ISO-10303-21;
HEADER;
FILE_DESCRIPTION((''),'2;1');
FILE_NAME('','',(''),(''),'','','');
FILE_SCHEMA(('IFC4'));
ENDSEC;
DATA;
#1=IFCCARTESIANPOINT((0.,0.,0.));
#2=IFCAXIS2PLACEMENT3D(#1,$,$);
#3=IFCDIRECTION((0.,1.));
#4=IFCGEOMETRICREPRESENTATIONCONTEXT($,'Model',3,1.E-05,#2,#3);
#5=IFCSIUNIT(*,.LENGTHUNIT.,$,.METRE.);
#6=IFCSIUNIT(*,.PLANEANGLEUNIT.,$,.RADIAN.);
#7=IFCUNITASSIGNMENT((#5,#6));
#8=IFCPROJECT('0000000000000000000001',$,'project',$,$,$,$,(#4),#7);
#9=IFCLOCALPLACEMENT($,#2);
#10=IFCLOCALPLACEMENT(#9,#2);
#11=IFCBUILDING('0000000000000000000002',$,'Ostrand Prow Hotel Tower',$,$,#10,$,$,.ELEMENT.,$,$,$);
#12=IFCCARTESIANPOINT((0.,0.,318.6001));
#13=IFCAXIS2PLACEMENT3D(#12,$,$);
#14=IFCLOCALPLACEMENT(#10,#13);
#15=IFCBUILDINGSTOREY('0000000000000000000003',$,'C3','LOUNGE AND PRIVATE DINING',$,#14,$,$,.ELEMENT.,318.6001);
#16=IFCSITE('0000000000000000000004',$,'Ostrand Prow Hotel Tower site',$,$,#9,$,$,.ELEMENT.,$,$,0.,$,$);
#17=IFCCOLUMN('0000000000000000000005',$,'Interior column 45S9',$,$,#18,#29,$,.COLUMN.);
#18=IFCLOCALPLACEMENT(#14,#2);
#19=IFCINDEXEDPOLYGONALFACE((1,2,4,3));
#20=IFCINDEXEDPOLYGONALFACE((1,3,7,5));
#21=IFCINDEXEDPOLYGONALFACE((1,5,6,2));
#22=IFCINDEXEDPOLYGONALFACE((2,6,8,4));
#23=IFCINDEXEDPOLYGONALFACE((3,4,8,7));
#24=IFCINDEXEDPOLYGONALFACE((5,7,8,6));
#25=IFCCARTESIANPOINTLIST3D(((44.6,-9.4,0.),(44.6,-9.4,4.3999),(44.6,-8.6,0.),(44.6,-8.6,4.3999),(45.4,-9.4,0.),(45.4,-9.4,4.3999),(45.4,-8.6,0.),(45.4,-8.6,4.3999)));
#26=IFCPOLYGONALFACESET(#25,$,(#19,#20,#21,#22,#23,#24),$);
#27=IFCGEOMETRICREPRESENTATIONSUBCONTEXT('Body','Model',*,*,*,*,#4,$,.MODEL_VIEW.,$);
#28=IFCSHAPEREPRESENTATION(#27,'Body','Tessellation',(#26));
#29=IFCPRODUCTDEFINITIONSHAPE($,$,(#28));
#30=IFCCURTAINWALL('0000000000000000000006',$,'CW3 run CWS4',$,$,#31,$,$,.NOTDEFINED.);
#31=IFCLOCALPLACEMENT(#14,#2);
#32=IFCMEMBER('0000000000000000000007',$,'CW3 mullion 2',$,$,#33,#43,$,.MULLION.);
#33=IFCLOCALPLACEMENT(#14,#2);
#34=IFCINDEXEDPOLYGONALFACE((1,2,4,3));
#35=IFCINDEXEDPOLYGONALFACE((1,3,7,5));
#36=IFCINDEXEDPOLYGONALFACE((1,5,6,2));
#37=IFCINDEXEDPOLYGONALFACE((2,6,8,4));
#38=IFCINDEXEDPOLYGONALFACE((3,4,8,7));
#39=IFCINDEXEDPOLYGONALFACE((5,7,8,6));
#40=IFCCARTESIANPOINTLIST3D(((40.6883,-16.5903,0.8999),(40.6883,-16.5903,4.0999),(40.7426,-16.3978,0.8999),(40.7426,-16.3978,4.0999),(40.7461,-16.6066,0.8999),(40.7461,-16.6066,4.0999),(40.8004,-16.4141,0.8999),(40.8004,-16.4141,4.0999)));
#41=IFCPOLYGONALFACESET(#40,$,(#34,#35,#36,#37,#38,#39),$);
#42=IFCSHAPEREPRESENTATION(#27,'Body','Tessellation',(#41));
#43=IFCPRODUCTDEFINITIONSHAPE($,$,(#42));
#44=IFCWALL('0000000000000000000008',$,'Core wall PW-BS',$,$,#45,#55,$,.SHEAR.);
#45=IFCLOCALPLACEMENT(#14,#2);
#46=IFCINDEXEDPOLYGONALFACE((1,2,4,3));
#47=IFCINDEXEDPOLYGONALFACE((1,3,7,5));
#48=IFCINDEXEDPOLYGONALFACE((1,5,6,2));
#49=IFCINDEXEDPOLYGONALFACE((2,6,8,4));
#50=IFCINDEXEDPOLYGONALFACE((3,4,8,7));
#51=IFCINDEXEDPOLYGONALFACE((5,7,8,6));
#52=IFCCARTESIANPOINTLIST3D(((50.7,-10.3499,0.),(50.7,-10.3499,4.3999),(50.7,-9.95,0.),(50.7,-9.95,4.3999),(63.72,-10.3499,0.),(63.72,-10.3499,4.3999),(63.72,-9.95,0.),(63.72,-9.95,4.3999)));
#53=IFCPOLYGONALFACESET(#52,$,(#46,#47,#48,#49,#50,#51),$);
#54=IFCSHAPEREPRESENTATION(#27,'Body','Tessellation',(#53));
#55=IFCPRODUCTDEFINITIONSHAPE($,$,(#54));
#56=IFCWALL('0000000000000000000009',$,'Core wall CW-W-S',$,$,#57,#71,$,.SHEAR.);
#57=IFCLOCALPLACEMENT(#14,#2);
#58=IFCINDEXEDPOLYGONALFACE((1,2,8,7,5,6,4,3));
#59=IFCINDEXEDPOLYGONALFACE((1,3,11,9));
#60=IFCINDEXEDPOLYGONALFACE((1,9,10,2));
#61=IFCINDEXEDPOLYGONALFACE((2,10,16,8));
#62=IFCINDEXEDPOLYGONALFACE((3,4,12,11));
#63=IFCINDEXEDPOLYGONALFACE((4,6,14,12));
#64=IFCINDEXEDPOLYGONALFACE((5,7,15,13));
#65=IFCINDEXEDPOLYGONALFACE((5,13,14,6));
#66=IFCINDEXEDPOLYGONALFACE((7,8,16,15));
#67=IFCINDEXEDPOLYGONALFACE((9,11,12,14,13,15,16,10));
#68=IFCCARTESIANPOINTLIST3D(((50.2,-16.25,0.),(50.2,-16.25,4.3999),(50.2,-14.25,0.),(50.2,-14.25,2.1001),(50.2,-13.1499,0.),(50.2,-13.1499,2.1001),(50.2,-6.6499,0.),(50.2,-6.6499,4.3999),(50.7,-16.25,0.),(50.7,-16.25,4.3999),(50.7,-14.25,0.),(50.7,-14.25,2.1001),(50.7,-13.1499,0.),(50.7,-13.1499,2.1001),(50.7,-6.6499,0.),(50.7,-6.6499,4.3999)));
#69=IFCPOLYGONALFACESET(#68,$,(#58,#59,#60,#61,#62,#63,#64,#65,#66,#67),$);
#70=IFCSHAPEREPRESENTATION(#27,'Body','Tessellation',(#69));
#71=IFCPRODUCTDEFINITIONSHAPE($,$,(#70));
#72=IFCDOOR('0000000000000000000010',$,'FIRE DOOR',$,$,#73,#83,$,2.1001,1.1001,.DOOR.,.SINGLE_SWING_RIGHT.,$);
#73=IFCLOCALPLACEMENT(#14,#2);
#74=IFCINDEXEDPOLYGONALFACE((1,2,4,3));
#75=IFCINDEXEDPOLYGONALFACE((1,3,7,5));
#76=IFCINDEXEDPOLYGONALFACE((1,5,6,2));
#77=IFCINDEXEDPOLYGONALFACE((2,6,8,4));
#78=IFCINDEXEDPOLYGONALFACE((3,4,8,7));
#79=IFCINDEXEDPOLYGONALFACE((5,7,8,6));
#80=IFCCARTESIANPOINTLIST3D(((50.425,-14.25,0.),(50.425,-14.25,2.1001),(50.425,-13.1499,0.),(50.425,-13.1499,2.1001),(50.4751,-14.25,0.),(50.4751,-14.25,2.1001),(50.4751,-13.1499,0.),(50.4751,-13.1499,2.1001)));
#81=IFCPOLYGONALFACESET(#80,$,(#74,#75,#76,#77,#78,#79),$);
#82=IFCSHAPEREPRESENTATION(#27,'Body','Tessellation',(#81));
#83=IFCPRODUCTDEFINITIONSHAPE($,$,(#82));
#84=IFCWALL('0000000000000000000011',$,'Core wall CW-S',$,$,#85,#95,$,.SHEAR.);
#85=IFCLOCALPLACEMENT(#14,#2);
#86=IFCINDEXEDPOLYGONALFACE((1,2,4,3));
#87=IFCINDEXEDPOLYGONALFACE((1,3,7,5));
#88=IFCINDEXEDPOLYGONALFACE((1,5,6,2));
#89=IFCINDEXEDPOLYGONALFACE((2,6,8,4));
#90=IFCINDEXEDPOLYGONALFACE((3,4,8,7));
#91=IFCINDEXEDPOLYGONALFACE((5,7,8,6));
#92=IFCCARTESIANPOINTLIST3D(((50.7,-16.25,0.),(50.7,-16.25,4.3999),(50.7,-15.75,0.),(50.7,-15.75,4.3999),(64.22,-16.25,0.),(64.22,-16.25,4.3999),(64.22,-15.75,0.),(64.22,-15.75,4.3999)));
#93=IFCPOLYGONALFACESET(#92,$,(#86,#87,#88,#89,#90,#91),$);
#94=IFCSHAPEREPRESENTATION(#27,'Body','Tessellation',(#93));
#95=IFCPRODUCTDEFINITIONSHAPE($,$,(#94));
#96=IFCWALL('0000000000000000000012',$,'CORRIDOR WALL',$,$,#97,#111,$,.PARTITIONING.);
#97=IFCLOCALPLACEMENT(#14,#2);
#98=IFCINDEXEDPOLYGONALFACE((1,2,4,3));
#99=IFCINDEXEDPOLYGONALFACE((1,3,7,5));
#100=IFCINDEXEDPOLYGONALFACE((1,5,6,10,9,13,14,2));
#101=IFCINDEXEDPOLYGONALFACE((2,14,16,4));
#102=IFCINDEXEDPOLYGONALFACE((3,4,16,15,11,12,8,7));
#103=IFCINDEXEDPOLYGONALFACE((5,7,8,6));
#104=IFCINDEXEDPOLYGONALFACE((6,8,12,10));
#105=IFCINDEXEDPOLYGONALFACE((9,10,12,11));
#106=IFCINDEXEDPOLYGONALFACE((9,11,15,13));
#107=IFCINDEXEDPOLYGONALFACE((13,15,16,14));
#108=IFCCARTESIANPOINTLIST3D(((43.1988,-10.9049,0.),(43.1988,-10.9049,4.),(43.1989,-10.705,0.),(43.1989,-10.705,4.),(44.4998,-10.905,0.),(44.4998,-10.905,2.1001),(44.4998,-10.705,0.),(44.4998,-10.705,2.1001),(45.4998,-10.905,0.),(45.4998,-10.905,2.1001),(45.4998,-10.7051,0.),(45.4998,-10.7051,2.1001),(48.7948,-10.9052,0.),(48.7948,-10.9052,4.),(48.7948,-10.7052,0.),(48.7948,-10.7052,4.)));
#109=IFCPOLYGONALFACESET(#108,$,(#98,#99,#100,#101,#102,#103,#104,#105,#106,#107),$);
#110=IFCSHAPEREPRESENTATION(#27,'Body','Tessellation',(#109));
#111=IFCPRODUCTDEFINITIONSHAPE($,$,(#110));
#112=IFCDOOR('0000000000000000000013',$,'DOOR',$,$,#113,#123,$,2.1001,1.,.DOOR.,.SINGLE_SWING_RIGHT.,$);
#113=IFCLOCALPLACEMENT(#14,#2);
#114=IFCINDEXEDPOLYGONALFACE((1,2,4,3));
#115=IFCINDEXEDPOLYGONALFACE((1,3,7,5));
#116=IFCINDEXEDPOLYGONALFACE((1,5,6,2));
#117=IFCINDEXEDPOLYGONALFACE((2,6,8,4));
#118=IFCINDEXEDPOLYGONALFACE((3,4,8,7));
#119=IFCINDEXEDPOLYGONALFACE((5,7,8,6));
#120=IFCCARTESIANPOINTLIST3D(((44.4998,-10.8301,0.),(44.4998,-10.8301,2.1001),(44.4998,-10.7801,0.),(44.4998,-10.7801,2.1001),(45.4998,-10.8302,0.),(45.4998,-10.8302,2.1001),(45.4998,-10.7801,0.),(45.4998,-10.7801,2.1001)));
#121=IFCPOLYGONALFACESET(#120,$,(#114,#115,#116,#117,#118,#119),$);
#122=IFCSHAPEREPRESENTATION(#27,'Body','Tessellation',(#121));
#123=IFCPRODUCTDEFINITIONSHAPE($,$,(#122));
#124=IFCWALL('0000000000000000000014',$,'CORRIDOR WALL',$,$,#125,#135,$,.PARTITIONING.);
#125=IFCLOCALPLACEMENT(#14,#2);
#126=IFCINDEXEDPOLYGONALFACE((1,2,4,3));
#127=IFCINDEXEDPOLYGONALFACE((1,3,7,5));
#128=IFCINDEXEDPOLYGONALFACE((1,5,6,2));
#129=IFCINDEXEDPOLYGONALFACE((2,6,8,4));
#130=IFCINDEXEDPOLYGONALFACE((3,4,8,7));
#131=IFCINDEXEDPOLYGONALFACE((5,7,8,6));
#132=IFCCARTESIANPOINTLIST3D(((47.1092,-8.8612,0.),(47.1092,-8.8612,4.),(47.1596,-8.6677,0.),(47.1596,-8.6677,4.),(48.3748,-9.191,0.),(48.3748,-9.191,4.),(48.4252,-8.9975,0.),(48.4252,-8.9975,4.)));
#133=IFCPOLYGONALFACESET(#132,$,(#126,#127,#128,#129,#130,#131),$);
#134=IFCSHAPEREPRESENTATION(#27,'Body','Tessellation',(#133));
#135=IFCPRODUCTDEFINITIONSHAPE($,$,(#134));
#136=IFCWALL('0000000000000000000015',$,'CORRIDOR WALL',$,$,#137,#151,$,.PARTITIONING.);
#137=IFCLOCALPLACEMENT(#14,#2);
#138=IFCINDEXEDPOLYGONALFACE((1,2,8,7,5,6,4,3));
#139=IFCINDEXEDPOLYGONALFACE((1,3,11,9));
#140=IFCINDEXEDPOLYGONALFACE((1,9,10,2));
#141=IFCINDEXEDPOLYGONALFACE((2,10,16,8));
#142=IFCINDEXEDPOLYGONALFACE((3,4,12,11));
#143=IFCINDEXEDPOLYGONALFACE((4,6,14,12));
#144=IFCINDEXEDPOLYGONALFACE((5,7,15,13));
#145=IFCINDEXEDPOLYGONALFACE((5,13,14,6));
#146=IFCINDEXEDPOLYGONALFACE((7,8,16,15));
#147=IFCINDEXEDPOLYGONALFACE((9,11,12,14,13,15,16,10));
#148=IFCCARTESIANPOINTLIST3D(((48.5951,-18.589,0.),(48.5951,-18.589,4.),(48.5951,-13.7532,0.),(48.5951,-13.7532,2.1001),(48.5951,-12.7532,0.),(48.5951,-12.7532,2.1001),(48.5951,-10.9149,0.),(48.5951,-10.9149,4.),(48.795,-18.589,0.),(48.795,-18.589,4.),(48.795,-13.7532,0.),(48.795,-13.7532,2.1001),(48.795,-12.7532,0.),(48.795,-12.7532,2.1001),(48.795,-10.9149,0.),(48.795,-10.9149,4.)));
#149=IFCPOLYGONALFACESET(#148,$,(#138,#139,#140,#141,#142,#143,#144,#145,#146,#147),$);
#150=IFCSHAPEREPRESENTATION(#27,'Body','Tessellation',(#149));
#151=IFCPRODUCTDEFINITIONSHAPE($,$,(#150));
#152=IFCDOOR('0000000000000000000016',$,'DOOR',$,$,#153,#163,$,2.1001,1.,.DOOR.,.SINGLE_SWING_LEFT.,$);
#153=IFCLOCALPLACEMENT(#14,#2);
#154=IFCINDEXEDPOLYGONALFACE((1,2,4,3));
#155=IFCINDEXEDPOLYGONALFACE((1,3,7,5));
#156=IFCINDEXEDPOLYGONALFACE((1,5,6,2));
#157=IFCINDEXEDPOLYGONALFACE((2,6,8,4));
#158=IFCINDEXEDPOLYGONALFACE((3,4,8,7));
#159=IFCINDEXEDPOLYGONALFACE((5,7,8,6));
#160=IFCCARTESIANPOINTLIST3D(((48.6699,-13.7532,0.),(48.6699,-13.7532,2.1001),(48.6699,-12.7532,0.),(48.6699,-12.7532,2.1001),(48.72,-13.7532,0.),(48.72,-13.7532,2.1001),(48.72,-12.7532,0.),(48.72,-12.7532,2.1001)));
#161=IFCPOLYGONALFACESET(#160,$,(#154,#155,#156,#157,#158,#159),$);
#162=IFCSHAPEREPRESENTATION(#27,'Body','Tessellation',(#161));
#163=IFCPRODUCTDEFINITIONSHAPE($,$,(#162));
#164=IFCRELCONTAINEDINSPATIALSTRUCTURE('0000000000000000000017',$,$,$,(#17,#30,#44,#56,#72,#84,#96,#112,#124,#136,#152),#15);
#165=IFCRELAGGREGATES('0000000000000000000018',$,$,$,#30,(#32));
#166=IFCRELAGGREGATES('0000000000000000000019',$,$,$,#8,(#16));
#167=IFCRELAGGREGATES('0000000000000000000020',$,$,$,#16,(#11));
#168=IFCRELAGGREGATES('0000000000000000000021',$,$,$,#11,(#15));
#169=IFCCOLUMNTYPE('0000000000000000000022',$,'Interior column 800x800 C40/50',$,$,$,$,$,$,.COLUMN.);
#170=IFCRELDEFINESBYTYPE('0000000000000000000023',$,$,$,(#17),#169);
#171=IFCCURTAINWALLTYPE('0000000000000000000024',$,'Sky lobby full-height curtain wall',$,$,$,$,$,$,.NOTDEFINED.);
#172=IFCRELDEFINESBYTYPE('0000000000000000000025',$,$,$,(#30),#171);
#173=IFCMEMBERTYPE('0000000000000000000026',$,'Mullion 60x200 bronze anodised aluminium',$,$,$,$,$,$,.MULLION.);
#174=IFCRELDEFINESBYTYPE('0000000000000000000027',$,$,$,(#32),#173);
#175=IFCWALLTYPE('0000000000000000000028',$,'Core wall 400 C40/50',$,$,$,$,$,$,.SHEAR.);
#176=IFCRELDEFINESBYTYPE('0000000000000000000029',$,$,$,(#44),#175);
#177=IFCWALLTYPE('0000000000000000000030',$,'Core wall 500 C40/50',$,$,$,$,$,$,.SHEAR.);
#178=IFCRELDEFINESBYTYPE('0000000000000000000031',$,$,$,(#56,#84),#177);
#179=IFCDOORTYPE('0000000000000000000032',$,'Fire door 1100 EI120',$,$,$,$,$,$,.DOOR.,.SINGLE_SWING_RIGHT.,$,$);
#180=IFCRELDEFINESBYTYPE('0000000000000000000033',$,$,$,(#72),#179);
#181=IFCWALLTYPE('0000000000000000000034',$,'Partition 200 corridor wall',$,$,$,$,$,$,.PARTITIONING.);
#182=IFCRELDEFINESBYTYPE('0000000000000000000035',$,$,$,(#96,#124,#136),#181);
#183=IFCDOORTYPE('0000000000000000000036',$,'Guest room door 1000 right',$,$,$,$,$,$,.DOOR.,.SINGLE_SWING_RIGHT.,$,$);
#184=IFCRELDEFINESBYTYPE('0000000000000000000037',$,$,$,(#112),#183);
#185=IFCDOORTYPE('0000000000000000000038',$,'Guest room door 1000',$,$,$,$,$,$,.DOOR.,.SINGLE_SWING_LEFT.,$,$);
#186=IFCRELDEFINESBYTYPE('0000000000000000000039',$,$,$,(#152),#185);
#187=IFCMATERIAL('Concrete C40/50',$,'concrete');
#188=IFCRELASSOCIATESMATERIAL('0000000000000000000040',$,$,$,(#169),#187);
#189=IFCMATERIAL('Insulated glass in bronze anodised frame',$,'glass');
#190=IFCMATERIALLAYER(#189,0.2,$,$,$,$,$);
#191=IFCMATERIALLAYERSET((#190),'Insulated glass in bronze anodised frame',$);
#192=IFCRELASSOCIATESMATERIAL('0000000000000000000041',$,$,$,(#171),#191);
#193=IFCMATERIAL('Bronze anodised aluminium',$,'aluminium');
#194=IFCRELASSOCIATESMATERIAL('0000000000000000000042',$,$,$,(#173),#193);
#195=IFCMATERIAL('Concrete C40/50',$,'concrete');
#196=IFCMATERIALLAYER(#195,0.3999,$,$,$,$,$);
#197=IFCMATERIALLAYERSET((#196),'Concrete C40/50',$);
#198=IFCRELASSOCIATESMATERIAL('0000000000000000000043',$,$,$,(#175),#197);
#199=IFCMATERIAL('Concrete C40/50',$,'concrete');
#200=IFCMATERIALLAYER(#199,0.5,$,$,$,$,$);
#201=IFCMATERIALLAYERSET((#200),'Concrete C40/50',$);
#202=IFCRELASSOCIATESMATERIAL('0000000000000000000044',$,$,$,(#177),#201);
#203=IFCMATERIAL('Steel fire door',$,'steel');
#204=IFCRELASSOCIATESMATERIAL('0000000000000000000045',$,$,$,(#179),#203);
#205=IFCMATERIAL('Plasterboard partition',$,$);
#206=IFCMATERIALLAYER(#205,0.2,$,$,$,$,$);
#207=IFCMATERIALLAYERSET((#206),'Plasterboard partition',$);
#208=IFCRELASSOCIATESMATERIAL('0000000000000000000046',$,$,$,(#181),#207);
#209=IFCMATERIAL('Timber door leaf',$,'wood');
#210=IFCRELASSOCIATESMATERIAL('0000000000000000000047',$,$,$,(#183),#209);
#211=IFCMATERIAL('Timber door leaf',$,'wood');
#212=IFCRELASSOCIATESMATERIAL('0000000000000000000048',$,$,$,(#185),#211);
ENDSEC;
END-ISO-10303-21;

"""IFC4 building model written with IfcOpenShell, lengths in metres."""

from ifc_helpers import new_model, si_unit, direction, frame, frame_2d, origin, origin_2d, place, context, subcontext, project, spatial, rectangle, extrude, material, layer, layer_set, material_profile, profile_set, type_object, element, fill, aggregate, save


model = new_model("IFC4")

# Units and contexts
model_context = context("Model", 3, precision=1e-05, world=origin(), true_north=direction((0.0, 1.0)))
body_context = subcontext(model_context, "Body", "Model", "MODEL_VIEW")
ifc_project = project(units=[si_unit("LENGTHUNIT", "METRE"), si_unit("PLANEANGLEUNIT", "RADIAN")], contexts=[model_context])

# Site, building, storey
site_placement = place(None, origin())
site = spatial("IfcSite", under=ifc_project, at=site_placement, Name="Ostrand Prow Hotel Tower site", CompositionType="ELEMENT", RefElevation=0.0)
building_placement = place(site_placement, origin())
building = spatial("IfcBuilding", under=site, at=building_placement, Name="Ostrand Prow Hotel Tower", CompositionType="ELEMENT")
storey_placement = place(building_placement, frame((0.0, 0.0, 318.6001)))
storey = spatial("IfcBuildingStorey", under=building, at=storey_placement, Name="C3", Description="LOUNGE AND PRIVATE DINING", CompositionType="ELEMENT", Elevation=318.6001)

# Column
ifc_material_1 = material(Name="Concrete C40/50", Category="concrete")
ifc_material_profile_1 = material_profile(ifc_material_1, rectangle(XDim=0.8, YDim=0.8, at=origin_2d()), Name="RC 800x800")
ifc_profile_set_1 = profile_set([ifc_material_profile_1], Name="Concrete C40/50")
column_type = type_object("IfcColumnType", Name="Interior column 800x800 C40/50", PredefinedType="COLUMN", material=ifc_profile_set_1)
column_placement = place(storey_placement, frame((45.0, -9.0, 0.0), z_axis=(0.0, 0.0, 1.0), x_axis=(1.0, 0.0, 0.0)))
element("IfcColumn", 1, at=column_placement, inside=storey, type_object=column_type, Name="Interior column 45S9", PredefinedType="COLUMN", context=body_context, shape_type="SweptSolid", body=[
    extrude(rectangle(XDim=0.8, YDim=0.8, at=origin_2d()), origin(), (0.0, 0.0, 1.0), 4.3999),
])

# Curtain wall, member
ifc_material_2 = material(Name="Insulated glass in bronze anodised frame", Category="glass")
ifc_layer_1 = layer(ifc_material_2, 0.2)
ifc_layer_set_1 = layer_set([ifc_layer_1], Name="Insulated glass in bronze anodised frame")
curtain_wall_type = type_object("IfcCurtainWallType", Name="Sky lobby full-height curtain wall", PredefinedType="NOTDEFINED", material=ifc_layer_set_1)
curtain_wall_placement = place(storey_placement, origin())
curtain_wall = element("IfcCurtainWall", 2, at=curtain_wall_placement, inside=storey, type_object=curtain_wall_type, Name="CW3 run CWS4", PredefinedType="NOTDEFINED")
ifc_material_3 = material(Name="Bronze anodised aluminium", Category="aluminium")
ifc_material_profile_2 = material_profile(ifc_material_3, rectangle(XDim=0.2, YDim=0.0601, at=origin_2d()), Name="Mullion 60x200 bronze anodised aluminium")
ifc_profile_set_2 = profile_set([ifc_material_profile_2], Name="Bronze anodised aluminium")
member_type = type_object("IfcMemberType", Name="Mullion 60x200 bronze anodised aluminium", PredefinedType="MULLION", material=ifc_profile_set_2)
member_placement = place(storey_placement, frame((40.7444, -16.5022, 0.8999), z_axis=(0.0, 0.0, 1.0), x_axis=(0.271649, 0.962396, 0.0)))
member = element("IfcMember", 3, at=member_placement, type_object=member_type, Name="CW3 mullion 2", PredefinedType="MULLION", context=body_context, shape_type="SweptSolid", body=[
    extrude(rectangle(XDim=0.2, YDim=0.0601, at=origin_2d()), origin(), (0.0, 0.0, 1.0), 3.2),
])
aggregate(curtain_wall, [member])

# Wall
ifc_material_4 = material(Name="Concrete C40/50", Category="concrete")
ifc_layer_2 = layer(ifc_material_4, 0.3999)
ifc_layer_set_2 = layer_set([ifc_layer_2], Name="Concrete C40/50")
wall_type_1 = type_object("IfcWallType", Name="Core wall 400 C40/50", PredefinedType="SHEAR", material=ifc_layer_set_2)
wall_1_placement = place(storey_placement, frame((50.7, -10.1499, 0.0), z_axis=(0.0, 0.0, 1.0), x_axis=(1.0, 0.0, 0.0)))
element("IfcWall", 4, at=wall_1_placement, inside=storey, type_object=wall_type_1, Name="Core wall PW-BS", PredefinedType="SHEAR", context=body_context, shape_type="SweptSolid", body=[
    extrude(rectangle(XDim=13.02, YDim=0.3999, at=frame_2d((6.51, 0.0))), origin(), (0.0, 0.0, 1.0), 4.3999),
])

# Wall, opening, door
ifc_material_5 = material(Name="Concrete C40/50", Category="concrete")
ifc_layer_3 = layer(ifc_material_5, 0.5)
ifc_layer_set_3 = layer_set([ifc_layer_3], Name="Concrete C40/50")
wall_type_2 = type_object("IfcWallType", Name="Core wall 500 C40/50", PredefinedType="SHEAR", material=ifc_layer_set_3)
wall_2_placement = place(storey_placement, frame((50.45, -16.25, 0.0), z_axis=(0.0, 0.0, 1.0), x_axis=(0.0, 1.0, 0.0)))
wall_2 = element("IfcWall", 5, at=wall_2_placement, inside=storey, type_object=wall_type_2, Name="Core wall CW-W-S", PredefinedType="SHEAR", context=body_context, shape_type="SweptSolid", body=[
    extrude(rectangle(XDim=9.6001, YDim=0.5, at=frame_2d((4.8, 0.0))), origin(), (0.0, 0.0, 1.0), 4.3999),
])
opening_1_placement = place(wall_2_placement, frame((2.0, 0.0, 0.0)))
opening_1 = element("IfcOpeningElement", 6, at=opening_1_placement, cuts=wall_2, PredefinedType="OPENING", context=body_context, shape_type="SweptSolid", body=[
    extrude(rectangle(XDim=1.1001, YDim=2.1001, at=frame_2d((0.55, 1.05))), frame((0.0, 0.26, 0.0), z_axis=(0.0, -1.0, 0.0), x_axis=(1.0, 0.0, 0.0)), (0.0, 0.0, 1.0), 0.52),
])
ifc_material_6 = material(Name="Steel fire door", Category="steel")
door_type_1 = type_object("IfcDoorType", Name="Fire door 1100 EI120", OperationType="SINGLE_SWING_RIGHT", PredefinedType="DOOR", material=ifc_material_6)
door_1_placement = place(opening_1_placement, origin())
door_1 = element("IfcDoor", 7, at=door_1_placement, inside=storey, type_object=door_type_1, Name="FIRE DOOR", OperationType="SINGLE_SWING_RIGHT", OverallHeight=2.1001, OverallWidth=1.1001, PredefinedType="DOOR", context=body_context, shape_type="SweptSolid", body=[
    extrude(rectangle(XDim=1.1001, YDim=2.1001, at=frame_2d((0.55, 1.05))), frame((0.0, 0.0249, 0.0), z_axis=(0.0, -1.0, 0.0), x_axis=(1.0, 0.0, 0.0)), (0.0, 0.0, 1.0), 0.05),
])
fill(opening_1, door_1)

# Wall
wall_3_placement = place(storey_placement, frame((50.7, -16.0, 0.0), z_axis=(0.0, 0.0, 1.0), x_axis=(1.0, 0.0, 0.0)))
element("IfcWall", 8, at=wall_3_placement, inside=storey, type_object=wall_type_2, Name="Core wall CW-S", PredefinedType="SHEAR", context=body_context, shape_type="SweptSolid", body=[
    extrude(rectangle(XDim=13.52, YDim=0.5, at=frame_2d((6.76, 0.0))), origin(), (0.0, 0.0, 1.0), 4.3999),
])

# Wall, opening, door
ifc_material_7 = material(Name="Plasterboard partition")
ifc_layer_4 = layer(ifc_material_7, 0.2)
ifc_layer_set_4 = layer_set([ifc_layer_4], Name="Plasterboard partition")
wall_type_3 = type_object("IfcWallType", Name="Partition 200 corridor wall", PredefinedType="PARTITIONING", material=ifc_layer_set_4)
wall_4_placement = place(storey_placement, frame((43.199, -10.8049, 0.0), z_axis=(0.0, 0.0, 1.0), x_axis=(1.0, -0.000044, 0.0)))
wall_4 = element("IfcWall", 9, at=wall_4_placement, inside=storey, type_object=wall_type_3, Name="CORRIDOR WALL", PredefinedType="PARTITIONING", context=body_context, shape_type="SweptSolid", body=[
    extrude(rectangle(XDim=5.5959, YDim=0.2, at=frame_2d((2.7979, 0.0))), origin(), (0.0, 0.0, 1.0), 4.0),
])
opening_2_placement = place(wall_4_placement, frame((1.3008, 0.0, 0.0)))
opening_2 = element("IfcOpeningElement", 10, at=opening_2_placement, cuts=wall_4, PredefinedType="OPENING", context=body_context, shape_type="SweptSolid", body=[
    extrude(rectangle(XDim=1.0, YDim=2.1001, at=frame_2d((0.5, 1.05))), frame((0.0, 0.1099, 0.0), z_axis=(0.0, -1.0, 0.0), x_axis=(1.0, 0.0, 0.0)), (0.0, 0.0, 1.0), 0.22),
])
ifc_material_8 = material(Name="Timber door leaf", Category="wood")
door_type_2 = type_object("IfcDoorType", Name="Guest room door 1000 right", OperationType="SINGLE_SWING_RIGHT", PredefinedType="DOOR", material=ifc_material_8)
door_2_placement = place(opening_2_placement, origin())
door_2 = element("IfcDoor", 11, at=door_2_placement, inside=storey, type_object=door_type_2, Name="DOOR", OperationType="SINGLE_SWING_RIGHT", OverallHeight=2.1001, OverallWidth=1.0, PredefinedType="DOOR", context=body_context, shape_type="SweptSolid", body=[
    extrude(rectangle(XDim=1.0, YDim=2.1001, at=frame_2d((0.5, 1.05))), frame((0.0, 0.0249, 0.0), z_axis=(0.0, -1.0, 0.0), x_axis=(1.0, 0.0, 0.0)), (0.0, 0.0, 1.0), 0.05),
])
fill(opening_2, door_2)

# Wall
wall_5_placement = place(storey_placement, frame((48.3999, -9.0942, 0.0), z_axis=(0.0, 0.0, 1.0), x_axis=(-0.967679, 0.252186, 0.0)))
element("IfcWall", 12, at=wall_5_placement, inside=storey, type_object=wall_type_3, Name="CORRIDOR WALL", PredefinedType="PARTITIONING", context=body_context, shape_type="SweptSolid", body=[
    extrude(rectangle(XDim=1.3079, YDim=0.2, at=frame_2d((0.6538, 0.0))), origin(), (0.0, 0.0, 1.0), 4.0),
])

# Wall, opening, door
wall_6_placement = place(storey_placement, frame((48.6951, -10.915, 0.0), z_axis=(0.0, 0.0, 1.0), x_axis=(0.0, -1.0, 0.0)))
wall_6 = element("IfcWall", 13, at=wall_6_placement, inside=storey, type_object=wall_type_3, Name="CORRIDOR WALL", PredefinedType="PARTITIONING", context=body_context, shape_type="SweptSolid", body=[
    extrude(rectangle(XDim=7.6741, YDim=0.2, at=frame_2d((3.8369, 0.0))), origin(), (0.0, 0.0, 1.0), 4.0),
])
opening_3_placement = place(wall_6_placement, frame((1.8381, 0.0, 0.0)))
opening_3 = element("IfcOpeningElement", 14, at=opening_3_placement, cuts=wall_6, PredefinedType="OPENING", context=body_context, shape_type="SweptSolid", body=[
    extrude(rectangle(XDim=1.0, YDim=2.1001, at=frame_2d((0.5, 1.05))), frame((0.0, 0.1099, 0.0), z_axis=(0.0, -1.0, 0.0), x_axis=(1.0, 0.0, 0.0)), (0.0, 0.0, 1.0), 0.22),
])
ifc_material_9 = material(Name="Timber door leaf", Category="wood")
door_type_3 = type_object("IfcDoorType", Name="Guest room door 1000", OperationType="SINGLE_SWING_LEFT", PredefinedType="DOOR", material=ifc_material_9)
door_3_placement = place(opening_3_placement, origin())
door_3 = element("IfcDoor", 15, at=door_3_placement, inside=storey, type_object=door_type_3, Name="DOOR", OperationType="SINGLE_SWING_LEFT", OverallHeight=2.1001, OverallWidth=1.0, PredefinedType="DOOR", context=body_context, shape_type="SweptSolid", body=[
    extrude(rectangle(XDim=1.0, YDim=2.1001, at=frame_2d((0.5, 1.05))), frame((0.0, 0.0249, 0.0), z_axis=(0.0, -1.0, 0.0), x_axis=(1.0, 0.0, 0.0)), (0.0, 0.0, 1.0), 0.05),
])
fill(opening_3, door_3)

save(model, "model.ifc")
